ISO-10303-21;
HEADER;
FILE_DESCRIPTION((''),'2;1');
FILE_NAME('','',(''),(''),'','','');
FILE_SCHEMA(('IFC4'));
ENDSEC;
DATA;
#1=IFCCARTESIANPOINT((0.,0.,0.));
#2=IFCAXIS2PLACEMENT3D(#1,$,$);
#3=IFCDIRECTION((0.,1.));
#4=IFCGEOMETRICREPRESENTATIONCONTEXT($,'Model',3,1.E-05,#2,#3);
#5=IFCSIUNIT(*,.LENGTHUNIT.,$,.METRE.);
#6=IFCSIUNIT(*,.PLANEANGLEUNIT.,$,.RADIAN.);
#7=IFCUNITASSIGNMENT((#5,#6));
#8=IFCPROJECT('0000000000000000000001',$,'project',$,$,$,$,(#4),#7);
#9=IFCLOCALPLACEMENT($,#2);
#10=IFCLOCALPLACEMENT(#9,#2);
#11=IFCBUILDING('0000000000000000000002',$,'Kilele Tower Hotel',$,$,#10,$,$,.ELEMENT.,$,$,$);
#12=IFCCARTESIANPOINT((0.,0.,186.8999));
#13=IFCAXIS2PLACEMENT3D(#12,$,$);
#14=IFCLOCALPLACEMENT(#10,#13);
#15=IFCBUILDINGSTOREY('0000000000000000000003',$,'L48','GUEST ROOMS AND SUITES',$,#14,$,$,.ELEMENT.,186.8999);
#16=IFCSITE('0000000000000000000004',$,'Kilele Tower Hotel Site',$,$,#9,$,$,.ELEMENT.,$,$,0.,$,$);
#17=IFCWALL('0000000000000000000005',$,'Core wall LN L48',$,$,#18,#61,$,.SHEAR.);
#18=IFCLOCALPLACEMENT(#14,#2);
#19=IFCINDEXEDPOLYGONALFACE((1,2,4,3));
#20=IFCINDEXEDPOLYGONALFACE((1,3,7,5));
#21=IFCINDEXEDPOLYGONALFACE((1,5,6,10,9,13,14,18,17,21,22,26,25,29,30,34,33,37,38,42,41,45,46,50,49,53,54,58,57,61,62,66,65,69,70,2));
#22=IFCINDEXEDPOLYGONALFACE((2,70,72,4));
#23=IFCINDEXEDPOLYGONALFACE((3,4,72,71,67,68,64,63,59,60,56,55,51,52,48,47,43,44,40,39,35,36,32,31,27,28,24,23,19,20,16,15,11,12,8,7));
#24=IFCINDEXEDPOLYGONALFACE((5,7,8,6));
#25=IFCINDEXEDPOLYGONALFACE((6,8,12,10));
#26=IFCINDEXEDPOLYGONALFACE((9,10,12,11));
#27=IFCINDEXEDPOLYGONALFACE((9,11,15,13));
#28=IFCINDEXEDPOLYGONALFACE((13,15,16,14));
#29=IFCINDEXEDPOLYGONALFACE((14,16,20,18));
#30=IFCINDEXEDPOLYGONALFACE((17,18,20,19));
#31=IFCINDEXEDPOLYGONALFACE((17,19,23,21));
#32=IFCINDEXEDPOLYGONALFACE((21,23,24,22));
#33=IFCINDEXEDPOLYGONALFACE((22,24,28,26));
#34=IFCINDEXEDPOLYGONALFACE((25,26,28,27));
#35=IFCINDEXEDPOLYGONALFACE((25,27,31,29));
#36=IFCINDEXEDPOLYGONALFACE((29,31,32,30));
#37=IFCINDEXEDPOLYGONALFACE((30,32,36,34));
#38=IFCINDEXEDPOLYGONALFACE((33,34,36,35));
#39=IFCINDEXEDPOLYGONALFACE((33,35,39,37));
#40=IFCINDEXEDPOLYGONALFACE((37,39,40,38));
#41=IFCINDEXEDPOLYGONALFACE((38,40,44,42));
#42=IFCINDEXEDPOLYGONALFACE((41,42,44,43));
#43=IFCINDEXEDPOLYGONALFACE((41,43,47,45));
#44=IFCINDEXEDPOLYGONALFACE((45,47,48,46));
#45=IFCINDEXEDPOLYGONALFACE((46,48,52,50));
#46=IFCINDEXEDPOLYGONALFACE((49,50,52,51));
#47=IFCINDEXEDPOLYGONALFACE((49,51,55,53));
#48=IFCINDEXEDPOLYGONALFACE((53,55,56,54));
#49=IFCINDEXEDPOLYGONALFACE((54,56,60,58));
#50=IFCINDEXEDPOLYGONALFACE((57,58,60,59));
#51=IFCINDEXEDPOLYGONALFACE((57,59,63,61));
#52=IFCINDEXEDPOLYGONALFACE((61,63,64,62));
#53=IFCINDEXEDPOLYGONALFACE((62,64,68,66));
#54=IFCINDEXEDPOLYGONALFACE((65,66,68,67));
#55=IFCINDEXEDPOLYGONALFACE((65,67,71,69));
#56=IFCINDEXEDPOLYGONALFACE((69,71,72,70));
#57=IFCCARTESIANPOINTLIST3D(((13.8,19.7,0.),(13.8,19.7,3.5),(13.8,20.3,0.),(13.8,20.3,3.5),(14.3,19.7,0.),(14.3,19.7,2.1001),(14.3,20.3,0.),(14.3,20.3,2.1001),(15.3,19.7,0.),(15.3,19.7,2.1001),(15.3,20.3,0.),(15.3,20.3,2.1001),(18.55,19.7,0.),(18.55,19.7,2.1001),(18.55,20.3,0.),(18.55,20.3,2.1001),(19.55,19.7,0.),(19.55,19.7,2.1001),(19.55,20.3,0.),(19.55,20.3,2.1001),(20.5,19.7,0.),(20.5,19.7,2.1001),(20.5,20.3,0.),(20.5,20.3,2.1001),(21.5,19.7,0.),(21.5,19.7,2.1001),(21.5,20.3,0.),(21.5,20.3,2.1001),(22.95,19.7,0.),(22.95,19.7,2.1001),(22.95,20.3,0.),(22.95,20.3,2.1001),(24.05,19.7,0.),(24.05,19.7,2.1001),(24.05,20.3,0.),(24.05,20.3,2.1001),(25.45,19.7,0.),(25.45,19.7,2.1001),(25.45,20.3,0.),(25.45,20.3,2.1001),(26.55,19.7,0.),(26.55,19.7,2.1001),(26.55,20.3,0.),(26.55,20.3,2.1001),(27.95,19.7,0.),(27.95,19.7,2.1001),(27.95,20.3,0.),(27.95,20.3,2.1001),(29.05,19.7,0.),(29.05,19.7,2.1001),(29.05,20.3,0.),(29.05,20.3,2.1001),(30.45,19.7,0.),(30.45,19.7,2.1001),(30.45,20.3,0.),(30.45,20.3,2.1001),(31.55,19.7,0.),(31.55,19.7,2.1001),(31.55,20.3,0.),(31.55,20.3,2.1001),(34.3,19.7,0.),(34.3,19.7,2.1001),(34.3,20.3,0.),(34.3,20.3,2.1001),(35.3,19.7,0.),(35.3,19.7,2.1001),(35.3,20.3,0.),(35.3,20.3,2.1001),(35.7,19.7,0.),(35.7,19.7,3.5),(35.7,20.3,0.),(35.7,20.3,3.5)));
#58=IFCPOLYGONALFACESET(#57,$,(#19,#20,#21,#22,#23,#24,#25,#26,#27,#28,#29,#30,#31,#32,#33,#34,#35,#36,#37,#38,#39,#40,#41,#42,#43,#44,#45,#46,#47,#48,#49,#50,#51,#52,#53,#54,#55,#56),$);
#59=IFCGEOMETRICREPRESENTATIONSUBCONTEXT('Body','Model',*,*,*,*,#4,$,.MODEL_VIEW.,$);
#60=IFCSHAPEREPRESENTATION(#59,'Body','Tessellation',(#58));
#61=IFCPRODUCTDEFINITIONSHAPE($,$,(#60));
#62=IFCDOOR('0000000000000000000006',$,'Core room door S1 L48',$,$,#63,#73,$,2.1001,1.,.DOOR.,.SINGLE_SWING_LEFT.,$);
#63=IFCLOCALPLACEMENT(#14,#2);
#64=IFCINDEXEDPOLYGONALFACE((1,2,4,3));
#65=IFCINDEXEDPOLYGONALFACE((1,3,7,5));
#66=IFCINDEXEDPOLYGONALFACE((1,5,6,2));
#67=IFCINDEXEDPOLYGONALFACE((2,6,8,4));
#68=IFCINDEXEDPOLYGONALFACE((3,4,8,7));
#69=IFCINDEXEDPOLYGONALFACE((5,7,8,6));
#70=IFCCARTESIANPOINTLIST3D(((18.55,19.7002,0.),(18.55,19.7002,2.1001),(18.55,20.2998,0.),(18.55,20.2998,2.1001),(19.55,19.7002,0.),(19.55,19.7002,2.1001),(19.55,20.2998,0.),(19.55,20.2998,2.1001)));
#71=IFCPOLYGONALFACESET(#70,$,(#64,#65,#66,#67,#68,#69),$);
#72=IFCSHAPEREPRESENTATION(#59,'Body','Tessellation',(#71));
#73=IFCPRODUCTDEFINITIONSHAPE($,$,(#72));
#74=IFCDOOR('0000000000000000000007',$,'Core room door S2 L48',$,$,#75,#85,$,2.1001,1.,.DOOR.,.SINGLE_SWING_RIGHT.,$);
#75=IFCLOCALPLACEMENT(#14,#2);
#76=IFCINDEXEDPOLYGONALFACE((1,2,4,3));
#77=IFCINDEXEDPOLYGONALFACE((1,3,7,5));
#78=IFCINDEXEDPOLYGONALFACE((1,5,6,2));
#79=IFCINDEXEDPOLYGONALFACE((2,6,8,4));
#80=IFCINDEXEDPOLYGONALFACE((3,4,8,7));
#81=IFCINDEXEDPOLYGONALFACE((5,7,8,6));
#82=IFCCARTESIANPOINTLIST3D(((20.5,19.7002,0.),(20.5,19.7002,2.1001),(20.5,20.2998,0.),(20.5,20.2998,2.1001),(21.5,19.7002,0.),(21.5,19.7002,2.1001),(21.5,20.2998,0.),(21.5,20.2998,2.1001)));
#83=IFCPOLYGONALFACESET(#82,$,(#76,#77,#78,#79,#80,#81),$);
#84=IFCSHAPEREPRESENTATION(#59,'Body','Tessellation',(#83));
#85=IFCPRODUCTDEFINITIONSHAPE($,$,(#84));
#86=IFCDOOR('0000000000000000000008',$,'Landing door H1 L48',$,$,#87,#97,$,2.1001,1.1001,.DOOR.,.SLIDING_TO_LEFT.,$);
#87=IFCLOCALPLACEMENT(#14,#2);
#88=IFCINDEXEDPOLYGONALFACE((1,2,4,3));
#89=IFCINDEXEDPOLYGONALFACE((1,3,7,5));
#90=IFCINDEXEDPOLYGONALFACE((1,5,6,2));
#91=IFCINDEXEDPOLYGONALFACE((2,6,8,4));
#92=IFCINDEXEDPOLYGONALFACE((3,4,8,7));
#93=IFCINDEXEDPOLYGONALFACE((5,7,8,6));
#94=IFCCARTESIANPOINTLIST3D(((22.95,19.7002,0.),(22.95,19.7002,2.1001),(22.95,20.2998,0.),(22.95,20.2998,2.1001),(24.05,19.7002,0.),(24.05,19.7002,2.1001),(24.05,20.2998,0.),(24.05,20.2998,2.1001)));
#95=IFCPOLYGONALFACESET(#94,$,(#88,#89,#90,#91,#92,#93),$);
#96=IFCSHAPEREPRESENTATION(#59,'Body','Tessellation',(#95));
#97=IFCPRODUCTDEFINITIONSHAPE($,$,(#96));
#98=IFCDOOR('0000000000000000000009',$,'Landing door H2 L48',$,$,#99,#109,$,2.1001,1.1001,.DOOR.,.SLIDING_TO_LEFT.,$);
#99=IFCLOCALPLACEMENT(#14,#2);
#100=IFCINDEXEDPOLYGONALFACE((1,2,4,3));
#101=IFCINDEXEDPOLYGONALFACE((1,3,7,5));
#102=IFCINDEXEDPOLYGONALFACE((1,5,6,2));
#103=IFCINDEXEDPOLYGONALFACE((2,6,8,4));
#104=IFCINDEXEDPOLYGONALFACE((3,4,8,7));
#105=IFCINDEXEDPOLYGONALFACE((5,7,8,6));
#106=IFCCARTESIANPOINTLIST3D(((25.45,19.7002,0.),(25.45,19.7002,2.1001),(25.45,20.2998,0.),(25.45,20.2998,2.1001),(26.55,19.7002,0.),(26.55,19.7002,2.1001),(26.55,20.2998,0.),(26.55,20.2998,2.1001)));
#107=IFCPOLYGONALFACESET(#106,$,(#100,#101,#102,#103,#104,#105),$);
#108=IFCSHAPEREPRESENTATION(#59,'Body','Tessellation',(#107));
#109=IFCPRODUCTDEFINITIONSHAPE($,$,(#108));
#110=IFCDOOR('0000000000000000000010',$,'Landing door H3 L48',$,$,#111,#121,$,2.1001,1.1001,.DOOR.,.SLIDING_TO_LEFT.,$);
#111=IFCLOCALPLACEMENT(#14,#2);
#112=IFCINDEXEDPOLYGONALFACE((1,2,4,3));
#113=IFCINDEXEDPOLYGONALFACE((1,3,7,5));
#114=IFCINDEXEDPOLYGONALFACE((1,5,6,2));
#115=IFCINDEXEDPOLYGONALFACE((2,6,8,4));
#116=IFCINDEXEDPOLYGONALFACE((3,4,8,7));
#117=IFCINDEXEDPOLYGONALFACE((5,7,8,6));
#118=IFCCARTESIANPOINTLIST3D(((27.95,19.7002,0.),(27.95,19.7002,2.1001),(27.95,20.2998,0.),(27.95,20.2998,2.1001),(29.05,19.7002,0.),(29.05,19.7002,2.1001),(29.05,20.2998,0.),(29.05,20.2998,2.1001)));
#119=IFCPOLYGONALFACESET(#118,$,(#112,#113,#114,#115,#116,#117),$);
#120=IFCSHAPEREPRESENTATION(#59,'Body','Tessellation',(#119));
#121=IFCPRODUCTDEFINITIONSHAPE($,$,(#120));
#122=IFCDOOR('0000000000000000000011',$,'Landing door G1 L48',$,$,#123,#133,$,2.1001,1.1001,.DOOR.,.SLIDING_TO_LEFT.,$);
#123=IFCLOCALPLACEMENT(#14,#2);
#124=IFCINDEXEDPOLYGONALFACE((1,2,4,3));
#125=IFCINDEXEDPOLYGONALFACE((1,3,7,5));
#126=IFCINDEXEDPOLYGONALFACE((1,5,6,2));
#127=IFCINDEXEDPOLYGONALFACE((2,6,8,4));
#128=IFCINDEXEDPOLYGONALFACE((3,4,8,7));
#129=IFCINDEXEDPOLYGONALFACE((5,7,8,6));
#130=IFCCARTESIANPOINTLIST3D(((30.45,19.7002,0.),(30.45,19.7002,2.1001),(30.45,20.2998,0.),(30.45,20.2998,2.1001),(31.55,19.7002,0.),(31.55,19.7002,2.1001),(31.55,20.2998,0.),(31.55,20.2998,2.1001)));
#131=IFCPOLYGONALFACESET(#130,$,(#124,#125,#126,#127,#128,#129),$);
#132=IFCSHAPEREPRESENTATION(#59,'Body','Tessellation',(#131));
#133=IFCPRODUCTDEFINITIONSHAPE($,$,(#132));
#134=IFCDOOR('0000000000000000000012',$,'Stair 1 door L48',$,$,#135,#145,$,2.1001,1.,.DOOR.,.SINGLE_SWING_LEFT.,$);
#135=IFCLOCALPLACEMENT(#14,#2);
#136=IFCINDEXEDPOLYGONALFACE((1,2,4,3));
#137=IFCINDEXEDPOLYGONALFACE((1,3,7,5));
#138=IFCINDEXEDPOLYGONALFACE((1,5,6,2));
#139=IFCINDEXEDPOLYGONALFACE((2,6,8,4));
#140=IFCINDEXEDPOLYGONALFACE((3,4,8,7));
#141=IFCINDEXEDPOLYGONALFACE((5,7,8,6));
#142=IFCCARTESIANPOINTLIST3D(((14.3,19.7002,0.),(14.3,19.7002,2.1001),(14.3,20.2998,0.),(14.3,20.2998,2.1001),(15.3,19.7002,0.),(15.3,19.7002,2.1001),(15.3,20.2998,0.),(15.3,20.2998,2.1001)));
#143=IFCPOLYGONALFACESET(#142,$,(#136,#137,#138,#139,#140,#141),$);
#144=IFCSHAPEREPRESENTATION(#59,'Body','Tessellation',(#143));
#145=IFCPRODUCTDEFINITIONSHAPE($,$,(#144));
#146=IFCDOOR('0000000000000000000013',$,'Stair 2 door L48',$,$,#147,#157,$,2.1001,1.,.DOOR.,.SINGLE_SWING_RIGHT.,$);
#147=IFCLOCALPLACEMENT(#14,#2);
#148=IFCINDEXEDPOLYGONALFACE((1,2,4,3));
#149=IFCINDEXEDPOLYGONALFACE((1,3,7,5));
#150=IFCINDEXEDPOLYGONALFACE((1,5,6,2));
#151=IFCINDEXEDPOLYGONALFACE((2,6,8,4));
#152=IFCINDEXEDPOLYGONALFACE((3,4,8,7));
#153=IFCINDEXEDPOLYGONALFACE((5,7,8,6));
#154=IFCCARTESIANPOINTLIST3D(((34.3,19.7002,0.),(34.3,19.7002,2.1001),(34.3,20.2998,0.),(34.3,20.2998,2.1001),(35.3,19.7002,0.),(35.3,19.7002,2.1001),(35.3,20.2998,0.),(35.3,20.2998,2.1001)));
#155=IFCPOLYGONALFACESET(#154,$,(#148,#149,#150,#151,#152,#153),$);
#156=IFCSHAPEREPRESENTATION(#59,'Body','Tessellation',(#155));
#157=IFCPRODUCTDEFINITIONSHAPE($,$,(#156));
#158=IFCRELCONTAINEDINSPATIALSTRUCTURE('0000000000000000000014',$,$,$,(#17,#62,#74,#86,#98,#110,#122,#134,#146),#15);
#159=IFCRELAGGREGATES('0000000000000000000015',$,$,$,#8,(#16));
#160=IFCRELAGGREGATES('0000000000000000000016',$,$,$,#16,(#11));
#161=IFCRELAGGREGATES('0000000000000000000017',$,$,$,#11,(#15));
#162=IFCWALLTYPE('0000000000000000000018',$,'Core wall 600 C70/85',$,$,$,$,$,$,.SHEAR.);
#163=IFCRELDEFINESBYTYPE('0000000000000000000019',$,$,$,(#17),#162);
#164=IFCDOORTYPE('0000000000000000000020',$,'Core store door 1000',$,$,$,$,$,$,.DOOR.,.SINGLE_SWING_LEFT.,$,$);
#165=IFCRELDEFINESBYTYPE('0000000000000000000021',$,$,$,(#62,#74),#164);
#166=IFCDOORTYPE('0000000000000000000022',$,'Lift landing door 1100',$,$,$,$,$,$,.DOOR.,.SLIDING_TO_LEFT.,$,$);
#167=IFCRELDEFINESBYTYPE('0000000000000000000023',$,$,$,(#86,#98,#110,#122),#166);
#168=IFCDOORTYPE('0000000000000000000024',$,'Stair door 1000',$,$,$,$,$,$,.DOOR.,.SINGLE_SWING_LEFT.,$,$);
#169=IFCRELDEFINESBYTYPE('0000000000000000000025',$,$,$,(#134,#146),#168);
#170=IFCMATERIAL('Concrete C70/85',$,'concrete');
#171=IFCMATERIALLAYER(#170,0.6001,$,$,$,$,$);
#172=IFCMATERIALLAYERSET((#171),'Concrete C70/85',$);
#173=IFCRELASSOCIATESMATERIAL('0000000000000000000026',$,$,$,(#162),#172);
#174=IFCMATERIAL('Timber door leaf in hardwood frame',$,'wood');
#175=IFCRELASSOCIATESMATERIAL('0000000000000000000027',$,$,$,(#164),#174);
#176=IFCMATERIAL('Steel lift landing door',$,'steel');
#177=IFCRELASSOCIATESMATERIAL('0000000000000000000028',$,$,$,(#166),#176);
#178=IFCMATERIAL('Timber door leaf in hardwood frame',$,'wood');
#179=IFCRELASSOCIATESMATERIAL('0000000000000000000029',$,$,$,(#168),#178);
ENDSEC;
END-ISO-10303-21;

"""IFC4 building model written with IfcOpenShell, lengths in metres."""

from ifc_helpers import new_model, si_unit, direction, frame, frame_2d, origin, place, context, subcontext, project, spatial, rectangle, extrude, material, layer, layer_set, type_object, element, fill, save


model = new_model("IFC4")

# Units and contexts
model_context = context("Model", 3, precision=1e-05, world=origin(), true_north=direction((0.0, 1.0)))
body_context = subcontext(model_context, "Body", "Model", "MODEL_VIEW")
ifc_project = project(units=[si_unit("LENGTHUNIT", "METRE"), si_unit("PLANEANGLEUNIT", "RADIAN")], contexts=[model_context])

# Site, building, storey
site_placement = place(None, origin())
site = spatial("IfcSite", under=ifc_project, at=site_placement, Name="Kilele Tower Hotel Site", CompositionType="ELEMENT", RefElevation=0.0)
building_placement = place(site_placement, origin())
building = spatial("IfcBuilding", under=site, at=building_placement, Name="Kilele Tower Hotel", CompositionType="ELEMENT")
storey_placement = place(building_placement, frame((0.0, 0.0, 186.8999)))
storey = spatial("IfcBuildingStorey", under=building, at=storey_placement, Name="L48", Description="GUEST ROOMS AND SUITES", CompositionType="ELEMENT", Elevation=186.8999)

# Wall, openings, doors
ifc_material_1 = material(Name="Concrete C70/85", Category="concrete")
ifc_layer = layer(ifc_material_1, 0.6001)
ifc_layer_set = layer_set([ifc_layer], Name="Concrete C70/85")
wall_type = type_object("IfcWallType", Name="Core wall 600 C70/85", PredefinedType="SHEAR", material=ifc_layer_set)
ifc_material_2 = material(Name="Timber door leaf in hardwood frame", Category="wood")
door_type_1 = type_object("IfcDoorType", Name="Core store door 1000", OperationType="SINGLE_SWING_LEFT", PredefinedType="DOOR", material=ifc_material_2)
wall_1_placement = place(storey_placement, frame((13.8, 20.0, 0.0), z_axis=(0.0, 0.0, 1.0), x_axis=(1.0, 0.0, 0.0)))
wall_1 = element("IfcWall", 1, at=wall_1_placement, inside=storey, type_object=wall_type, Name="Core wall LN L48", PredefinedType="SHEAR", context=body_context, shape_type="SweptSolid", body=[
    extrude(rectangle(XDim=21.8999, YDim=0.6001, at=frame_2d((10.95, 0.0))), origin(), (0.0, 0.0, 1.0), 3.5),
])
opening_1_placement = place(wall_1_placement, frame((0.5, 0.0, 0.0)))
opening_1 = element("IfcOpeningElement", 2, at=opening_1_placement, cuts=wall_1, PredefinedType="OPENING", context=body_context, shape_type="SweptSolid", body=[
    extrude(rectangle(XDim=1.0, YDim=2.1001, at=frame_2d((0.5, 1.05))), frame((0.0, 0.3101, 0.0), z_axis=(0.0, -1.0, 0.0), x_axis=(1.0, 0.0, 0.0)), (0.0, 0.0, 1.0), 0.6201),
])
opening_2_placement = place(wall_1_placement, frame((20.5, 0.0, 0.0)))
opening_2 = element("IfcOpeningElement", 3, at=opening_2_placement, cuts=wall_1, PredefinedType="OPENING", context=body_context, shape_type="SweptSolid", body=[
    extrude(rectangle(XDim=1.0, YDim=2.1001, at=frame_2d((0.5, 1.05))), frame((0.0, 0.3101, 0.0), z_axis=(0.0, -1.0, 0.0), x_axis=(1.0, 0.0, 0.0)), (0.0, 0.0, 1.0), 0.6201),
])
opening_3_placement = place(wall_1_placement, frame((9.1499, 0.0, 0.0)))
opening_3 = element("IfcOpeningElement", 4, at=opening_3_placement, cuts=wall_1, PredefinedType="OPENING", context=body_context, shape_type="SweptSolid", body=[
    extrude(rectangle(XDim=1.1001, YDim=2.1001, at=frame_2d((0.55, 1.05))), frame((0.0, 0.3101, 0.0), z_axis=(0.0, -1.0, 0.0), x_axis=(1.0, 0.0, 0.0)), (0.0, 0.0, 1.0), 0.6201),
])
opening_4_placement = place(wall_1_placement, frame((11.6499, 0.0, 0.0)))
opening_4 = element("IfcOpeningElement", 5, at=opening_4_placement, cuts=wall_1, PredefinedType="OPENING", context=body_context, shape_type="SweptSolid", body=[
    extrude(rectangle(XDim=1.1001, YDim=2.1001, at=frame_2d((0.55, 1.05))), frame((0.0, 0.3101, 0.0), z_axis=(0.0, -1.0, 0.0), x_axis=(1.0, 0.0, 0.0)), (0.0, 0.0, 1.0), 0.6201),
])
opening_5_placement = place(wall_1_placement, frame((14.1499, 0.0, 0.0)))
opening_5 = element("IfcOpeningElement", 6, at=opening_5_placement, cuts=wall_1, PredefinedType="OPENING", context=body_context, shape_type="SweptSolid", body=[
    extrude(rectangle(XDim=1.1001, YDim=2.1001, at=frame_2d((0.55, 1.05))), frame((0.0, 0.3101, 0.0), z_axis=(0.0, -1.0, 0.0), x_axis=(1.0, 0.0, 0.0)), (0.0, 0.0, 1.0), 0.6201),
])
opening_6_placement = place(wall_1_placement, frame((16.6499, 0.0, 0.0)))
opening_6 = element("IfcOpeningElement", 7, at=opening_6_placement, cuts=wall_1, PredefinedType="OPENING", context=body_context, shape_type="SweptSolid", body=[
    extrude(rectangle(XDim=1.1001, YDim=2.1001, at=frame_2d((0.55, 1.05))), frame((0.0, 0.3101, 0.0), z_axis=(0.0, -1.0, 0.0), x_axis=(1.0, 0.0, 0.0)), (0.0, 0.0, 1.0), 0.6201),
])
opening_7_placement = place(wall_1_placement, frame((4.75, 0.0, 0.0)))
opening_7 = element("IfcOpeningElement", 8, at=opening_7_placement, cuts=wall_1, PredefinedType="OPENING", context=body_context, shape_type="SweptSolid", body=[
    extrude(rectangle(XDim=1.0, YDim=2.1001, at=frame_2d((0.5, 1.05))), frame((0.0, 0.3101, 0.0), z_axis=(0.0, -1.0, 0.0), x_axis=(1.0, 0.0, 0.0)), (0.0, 0.0, 1.0), 0.6201),
])
opening_8_placement = place(wall_1_placement, frame((6.7, 0.0, 0.0)))
opening_8 = element("IfcOpeningElement", 9, at=opening_8_placement, cuts=wall_1, PredefinedType="OPENING", context=body_context, shape_type="SweptSolid", body=[
    extrude(rectangle(XDim=1.0, YDim=2.1001, at=frame_2d((0.5, 1.05))), frame((0.0, 0.3101, 0.0), z_axis=(0.0, -1.0, 0.0), x_axis=(1.0, 0.0, 0.0)), (0.0, 0.0, 1.0), 0.6201),
])
door_1_placement = place(opening_7_placement, origin())
door_1 = element("IfcDoor", 10, at=door_1_placement, inside=storey, type_object=door_type_1, Name="Core room door S1 L48", OperationType="SINGLE_SWING_LEFT", OverallHeight=2.1001, OverallWidth=1.0, PredefinedType="DOOR", context=body_context, shape_type="SweptSolid", body=[
    extrude(rectangle(XDim=1.0, YDim=2.1001, at=frame_2d((0.5, 1.05))), frame((0.0, 0.2998, 0.0), z_axis=(0.0, -1.0, 0.0), x_axis=(1.0, 0.0, 0.0)), (0.0, 0.0, 1.0), 0.5996),
])
fill(opening_7, door_1)
door_2_placement = place(opening_8_placement, origin())
door_2 = element("IfcDoor", 11, at=door_2_placement, inside=storey, type_object=door_type_1, Name="Core room door S2 L48", OperationType="SINGLE_SWING_RIGHT", OverallHeight=2.1001, OverallWidth=1.0, PredefinedType="DOOR", context=body_context, shape_type="SweptSolid", body=[
    extrude(rectangle(XDim=1.0, YDim=2.1001, at=frame_2d((0.5, 1.05))), frame((0.0, 0.2998, 0.0), z_axis=(0.0, -1.0, 0.0), x_axis=(1.0, 0.0, 0.0)), (0.0, 0.0, 1.0), 0.5996),
])
fill(opening_8, door_2)
ifc_material_3 = material(Name="Steel lift landing door", Category="steel")
door_type_2 = type_object("IfcDoorType", Name="Lift landing door 1100", OperationType="SLIDING_TO_LEFT", PredefinedType="DOOR", material=ifc_material_3)
door_3_placement = place(opening_3_placement, origin())
door_3 = element("IfcDoor", 12, at=door_3_placement, inside=storey, type_object=door_type_2, Name="Landing door H1 L48", OperationType="SLIDING_TO_LEFT", OverallHeight=2.1001, OverallWidth=1.1001, PredefinedType="DOOR", context=body_context, shape_type="SweptSolid", body=[
    extrude(rectangle(XDim=1.1001, YDim=2.1001, at=frame_2d((0.55, 1.05))), frame((0.0, 0.2998, 0.0), z_axis=(0.0, -1.0, 0.0), x_axis=(1.0, 0.0, 0.0)), (0.0, 0.0, 1.0), 0.5996),
])
fill(opening_3, door_3)
door_4_placement = place(opening_4_placement, origin())
door_4 = element("IfcDoor", 13, at=door_4_placement, inside=storey, type_object=door_type_2, Name="Landing door H2 L48", OperationType="SLIDING_TO_LEFT", OverallHeight=2.1001, OverallWidth=1.1001, PredefinedType="DOOR", context=body_context, shape_type="SweptSolid", body=[
    extrude(rectangle(XDim=1.1001, YDim=2.1001, at=frame_2d((0.55, 1.05))), frame((0.0, 0.2998, 0.0), z_axis=(0.0, -1.0, 0.0), x_axis=(1.0, 0.0, 0.0)), (0.0, 0.0, 1.0), 0.5996),
])
fill(opening_4, door_4)
door_5_placement = place(opening_5_placement, origin())
door_5 = element("IfcDoor", 14, at=door_5_placement, inside=storey, type_object=door_type_2, Name="Landing door H3 L48", OperationType="SLIDING_TO_LEFT", OverallHeight=2.1001, OverallWidth=1.1001, PredefinedType="DOOR", context=body_context, shape_type="SweptSolid", body=[
    extrude(rectangle(XDim=1.1001, YDim=2.1001, at=frame_2d((0.55, 1.05))), frame((0.0, 0.2998, 0.0), z_axis=(0.0, -1.0, 0.0), x_axis=(1.0, 0.0, 0.0)), (0.0, 0.0, 1.0), 0.5996),
])
fill(opening_5, door_5)
door_6_placement = place(opening_6_placement, origin())
door_6 = element("IfcDoor", 15, at=door_6_placement, inside=storey, type_object=door_type_2, Name="Landing door G1 L48", OperationType="SLIDING_TO_LEFT", OverallHeight=2.1001, OverallWidth=1.1001, PredefinedType="DOOR", context=body_context, shape_type="SweptSolid", body=[
    extrude(rectangle(XDim=1.1001, YDim=2.1001, at=frame_2d((0.55, 1.05))), frame((0.0, 0.2998, 0.0), z_axis=(0.0, -1.0, 0.0), x_axis=(1.0, 0.0, 0.0)), (0.0, 0.0, 1.0), 0.5996),
])
fill(opening_6, door_6)
ifc_material_4 = material(Name="Timber door leaf in hardwood frame", Category="wood")
door_type_3 = type_object("IfcDoorType", Name="Stair door 1000", OperationType="SINGLE_SWING_LEFT", PredefinedType="DOOR", material=ifc_material_4)
door_7_placement = place(opening_1_placement, origin())
door_7 = element("IfcDoor", 16, at=door_7_placement, inside=storey, type_object=door_type_3, Name="Stair 1 door L48", OperationType="SINGLE_SWING_LEFT", OverallHeight=2.1001, OverallWidth=1.0, PredefinedType="DOOR", context=body_context, shape_type="SweptSolid", body=[
    extrude(rectangle(XDim=1.0, YDim=2.1001, at=frame_2d((0.5, 1.05))), frame((0.0, 0.2998, 0.0), z_axis=(0.0, -1.0, 0.0), x_axis=(1.0, 0.0, 0.0)), (0.0, 0.0, 1.0), 0.5996),
])
fill(opening_1, door_7)
door_8_placement = place(opening_2_placement, origin())
door_8 = element("IfcDoor", 17, at=door_8_placement, inside=storey, type_object=door_type_3, Name="Stair 2 door L48", OperationType="SINGLE_SWING_RIGHT", OverallHeight=2.1001, OverallWidth=1.0, PredefinedType="DOOR", context=body_context, shape_type="SweptSolid", body=[
    extrude(rectangle(XDim=1.0, YDim=2.1001, at=frame_2d((0.5, 1.05))), frame((0.0, 0.2998, 0.0), z_axis=(0.0, -1.0, 0.0), x_axis=(1.0, 0.0, 0.0)), (0.0, 0.0, 1.0), 0.5996),
])
fill(opening_2, door_8)

save(model, "model.ifc")
